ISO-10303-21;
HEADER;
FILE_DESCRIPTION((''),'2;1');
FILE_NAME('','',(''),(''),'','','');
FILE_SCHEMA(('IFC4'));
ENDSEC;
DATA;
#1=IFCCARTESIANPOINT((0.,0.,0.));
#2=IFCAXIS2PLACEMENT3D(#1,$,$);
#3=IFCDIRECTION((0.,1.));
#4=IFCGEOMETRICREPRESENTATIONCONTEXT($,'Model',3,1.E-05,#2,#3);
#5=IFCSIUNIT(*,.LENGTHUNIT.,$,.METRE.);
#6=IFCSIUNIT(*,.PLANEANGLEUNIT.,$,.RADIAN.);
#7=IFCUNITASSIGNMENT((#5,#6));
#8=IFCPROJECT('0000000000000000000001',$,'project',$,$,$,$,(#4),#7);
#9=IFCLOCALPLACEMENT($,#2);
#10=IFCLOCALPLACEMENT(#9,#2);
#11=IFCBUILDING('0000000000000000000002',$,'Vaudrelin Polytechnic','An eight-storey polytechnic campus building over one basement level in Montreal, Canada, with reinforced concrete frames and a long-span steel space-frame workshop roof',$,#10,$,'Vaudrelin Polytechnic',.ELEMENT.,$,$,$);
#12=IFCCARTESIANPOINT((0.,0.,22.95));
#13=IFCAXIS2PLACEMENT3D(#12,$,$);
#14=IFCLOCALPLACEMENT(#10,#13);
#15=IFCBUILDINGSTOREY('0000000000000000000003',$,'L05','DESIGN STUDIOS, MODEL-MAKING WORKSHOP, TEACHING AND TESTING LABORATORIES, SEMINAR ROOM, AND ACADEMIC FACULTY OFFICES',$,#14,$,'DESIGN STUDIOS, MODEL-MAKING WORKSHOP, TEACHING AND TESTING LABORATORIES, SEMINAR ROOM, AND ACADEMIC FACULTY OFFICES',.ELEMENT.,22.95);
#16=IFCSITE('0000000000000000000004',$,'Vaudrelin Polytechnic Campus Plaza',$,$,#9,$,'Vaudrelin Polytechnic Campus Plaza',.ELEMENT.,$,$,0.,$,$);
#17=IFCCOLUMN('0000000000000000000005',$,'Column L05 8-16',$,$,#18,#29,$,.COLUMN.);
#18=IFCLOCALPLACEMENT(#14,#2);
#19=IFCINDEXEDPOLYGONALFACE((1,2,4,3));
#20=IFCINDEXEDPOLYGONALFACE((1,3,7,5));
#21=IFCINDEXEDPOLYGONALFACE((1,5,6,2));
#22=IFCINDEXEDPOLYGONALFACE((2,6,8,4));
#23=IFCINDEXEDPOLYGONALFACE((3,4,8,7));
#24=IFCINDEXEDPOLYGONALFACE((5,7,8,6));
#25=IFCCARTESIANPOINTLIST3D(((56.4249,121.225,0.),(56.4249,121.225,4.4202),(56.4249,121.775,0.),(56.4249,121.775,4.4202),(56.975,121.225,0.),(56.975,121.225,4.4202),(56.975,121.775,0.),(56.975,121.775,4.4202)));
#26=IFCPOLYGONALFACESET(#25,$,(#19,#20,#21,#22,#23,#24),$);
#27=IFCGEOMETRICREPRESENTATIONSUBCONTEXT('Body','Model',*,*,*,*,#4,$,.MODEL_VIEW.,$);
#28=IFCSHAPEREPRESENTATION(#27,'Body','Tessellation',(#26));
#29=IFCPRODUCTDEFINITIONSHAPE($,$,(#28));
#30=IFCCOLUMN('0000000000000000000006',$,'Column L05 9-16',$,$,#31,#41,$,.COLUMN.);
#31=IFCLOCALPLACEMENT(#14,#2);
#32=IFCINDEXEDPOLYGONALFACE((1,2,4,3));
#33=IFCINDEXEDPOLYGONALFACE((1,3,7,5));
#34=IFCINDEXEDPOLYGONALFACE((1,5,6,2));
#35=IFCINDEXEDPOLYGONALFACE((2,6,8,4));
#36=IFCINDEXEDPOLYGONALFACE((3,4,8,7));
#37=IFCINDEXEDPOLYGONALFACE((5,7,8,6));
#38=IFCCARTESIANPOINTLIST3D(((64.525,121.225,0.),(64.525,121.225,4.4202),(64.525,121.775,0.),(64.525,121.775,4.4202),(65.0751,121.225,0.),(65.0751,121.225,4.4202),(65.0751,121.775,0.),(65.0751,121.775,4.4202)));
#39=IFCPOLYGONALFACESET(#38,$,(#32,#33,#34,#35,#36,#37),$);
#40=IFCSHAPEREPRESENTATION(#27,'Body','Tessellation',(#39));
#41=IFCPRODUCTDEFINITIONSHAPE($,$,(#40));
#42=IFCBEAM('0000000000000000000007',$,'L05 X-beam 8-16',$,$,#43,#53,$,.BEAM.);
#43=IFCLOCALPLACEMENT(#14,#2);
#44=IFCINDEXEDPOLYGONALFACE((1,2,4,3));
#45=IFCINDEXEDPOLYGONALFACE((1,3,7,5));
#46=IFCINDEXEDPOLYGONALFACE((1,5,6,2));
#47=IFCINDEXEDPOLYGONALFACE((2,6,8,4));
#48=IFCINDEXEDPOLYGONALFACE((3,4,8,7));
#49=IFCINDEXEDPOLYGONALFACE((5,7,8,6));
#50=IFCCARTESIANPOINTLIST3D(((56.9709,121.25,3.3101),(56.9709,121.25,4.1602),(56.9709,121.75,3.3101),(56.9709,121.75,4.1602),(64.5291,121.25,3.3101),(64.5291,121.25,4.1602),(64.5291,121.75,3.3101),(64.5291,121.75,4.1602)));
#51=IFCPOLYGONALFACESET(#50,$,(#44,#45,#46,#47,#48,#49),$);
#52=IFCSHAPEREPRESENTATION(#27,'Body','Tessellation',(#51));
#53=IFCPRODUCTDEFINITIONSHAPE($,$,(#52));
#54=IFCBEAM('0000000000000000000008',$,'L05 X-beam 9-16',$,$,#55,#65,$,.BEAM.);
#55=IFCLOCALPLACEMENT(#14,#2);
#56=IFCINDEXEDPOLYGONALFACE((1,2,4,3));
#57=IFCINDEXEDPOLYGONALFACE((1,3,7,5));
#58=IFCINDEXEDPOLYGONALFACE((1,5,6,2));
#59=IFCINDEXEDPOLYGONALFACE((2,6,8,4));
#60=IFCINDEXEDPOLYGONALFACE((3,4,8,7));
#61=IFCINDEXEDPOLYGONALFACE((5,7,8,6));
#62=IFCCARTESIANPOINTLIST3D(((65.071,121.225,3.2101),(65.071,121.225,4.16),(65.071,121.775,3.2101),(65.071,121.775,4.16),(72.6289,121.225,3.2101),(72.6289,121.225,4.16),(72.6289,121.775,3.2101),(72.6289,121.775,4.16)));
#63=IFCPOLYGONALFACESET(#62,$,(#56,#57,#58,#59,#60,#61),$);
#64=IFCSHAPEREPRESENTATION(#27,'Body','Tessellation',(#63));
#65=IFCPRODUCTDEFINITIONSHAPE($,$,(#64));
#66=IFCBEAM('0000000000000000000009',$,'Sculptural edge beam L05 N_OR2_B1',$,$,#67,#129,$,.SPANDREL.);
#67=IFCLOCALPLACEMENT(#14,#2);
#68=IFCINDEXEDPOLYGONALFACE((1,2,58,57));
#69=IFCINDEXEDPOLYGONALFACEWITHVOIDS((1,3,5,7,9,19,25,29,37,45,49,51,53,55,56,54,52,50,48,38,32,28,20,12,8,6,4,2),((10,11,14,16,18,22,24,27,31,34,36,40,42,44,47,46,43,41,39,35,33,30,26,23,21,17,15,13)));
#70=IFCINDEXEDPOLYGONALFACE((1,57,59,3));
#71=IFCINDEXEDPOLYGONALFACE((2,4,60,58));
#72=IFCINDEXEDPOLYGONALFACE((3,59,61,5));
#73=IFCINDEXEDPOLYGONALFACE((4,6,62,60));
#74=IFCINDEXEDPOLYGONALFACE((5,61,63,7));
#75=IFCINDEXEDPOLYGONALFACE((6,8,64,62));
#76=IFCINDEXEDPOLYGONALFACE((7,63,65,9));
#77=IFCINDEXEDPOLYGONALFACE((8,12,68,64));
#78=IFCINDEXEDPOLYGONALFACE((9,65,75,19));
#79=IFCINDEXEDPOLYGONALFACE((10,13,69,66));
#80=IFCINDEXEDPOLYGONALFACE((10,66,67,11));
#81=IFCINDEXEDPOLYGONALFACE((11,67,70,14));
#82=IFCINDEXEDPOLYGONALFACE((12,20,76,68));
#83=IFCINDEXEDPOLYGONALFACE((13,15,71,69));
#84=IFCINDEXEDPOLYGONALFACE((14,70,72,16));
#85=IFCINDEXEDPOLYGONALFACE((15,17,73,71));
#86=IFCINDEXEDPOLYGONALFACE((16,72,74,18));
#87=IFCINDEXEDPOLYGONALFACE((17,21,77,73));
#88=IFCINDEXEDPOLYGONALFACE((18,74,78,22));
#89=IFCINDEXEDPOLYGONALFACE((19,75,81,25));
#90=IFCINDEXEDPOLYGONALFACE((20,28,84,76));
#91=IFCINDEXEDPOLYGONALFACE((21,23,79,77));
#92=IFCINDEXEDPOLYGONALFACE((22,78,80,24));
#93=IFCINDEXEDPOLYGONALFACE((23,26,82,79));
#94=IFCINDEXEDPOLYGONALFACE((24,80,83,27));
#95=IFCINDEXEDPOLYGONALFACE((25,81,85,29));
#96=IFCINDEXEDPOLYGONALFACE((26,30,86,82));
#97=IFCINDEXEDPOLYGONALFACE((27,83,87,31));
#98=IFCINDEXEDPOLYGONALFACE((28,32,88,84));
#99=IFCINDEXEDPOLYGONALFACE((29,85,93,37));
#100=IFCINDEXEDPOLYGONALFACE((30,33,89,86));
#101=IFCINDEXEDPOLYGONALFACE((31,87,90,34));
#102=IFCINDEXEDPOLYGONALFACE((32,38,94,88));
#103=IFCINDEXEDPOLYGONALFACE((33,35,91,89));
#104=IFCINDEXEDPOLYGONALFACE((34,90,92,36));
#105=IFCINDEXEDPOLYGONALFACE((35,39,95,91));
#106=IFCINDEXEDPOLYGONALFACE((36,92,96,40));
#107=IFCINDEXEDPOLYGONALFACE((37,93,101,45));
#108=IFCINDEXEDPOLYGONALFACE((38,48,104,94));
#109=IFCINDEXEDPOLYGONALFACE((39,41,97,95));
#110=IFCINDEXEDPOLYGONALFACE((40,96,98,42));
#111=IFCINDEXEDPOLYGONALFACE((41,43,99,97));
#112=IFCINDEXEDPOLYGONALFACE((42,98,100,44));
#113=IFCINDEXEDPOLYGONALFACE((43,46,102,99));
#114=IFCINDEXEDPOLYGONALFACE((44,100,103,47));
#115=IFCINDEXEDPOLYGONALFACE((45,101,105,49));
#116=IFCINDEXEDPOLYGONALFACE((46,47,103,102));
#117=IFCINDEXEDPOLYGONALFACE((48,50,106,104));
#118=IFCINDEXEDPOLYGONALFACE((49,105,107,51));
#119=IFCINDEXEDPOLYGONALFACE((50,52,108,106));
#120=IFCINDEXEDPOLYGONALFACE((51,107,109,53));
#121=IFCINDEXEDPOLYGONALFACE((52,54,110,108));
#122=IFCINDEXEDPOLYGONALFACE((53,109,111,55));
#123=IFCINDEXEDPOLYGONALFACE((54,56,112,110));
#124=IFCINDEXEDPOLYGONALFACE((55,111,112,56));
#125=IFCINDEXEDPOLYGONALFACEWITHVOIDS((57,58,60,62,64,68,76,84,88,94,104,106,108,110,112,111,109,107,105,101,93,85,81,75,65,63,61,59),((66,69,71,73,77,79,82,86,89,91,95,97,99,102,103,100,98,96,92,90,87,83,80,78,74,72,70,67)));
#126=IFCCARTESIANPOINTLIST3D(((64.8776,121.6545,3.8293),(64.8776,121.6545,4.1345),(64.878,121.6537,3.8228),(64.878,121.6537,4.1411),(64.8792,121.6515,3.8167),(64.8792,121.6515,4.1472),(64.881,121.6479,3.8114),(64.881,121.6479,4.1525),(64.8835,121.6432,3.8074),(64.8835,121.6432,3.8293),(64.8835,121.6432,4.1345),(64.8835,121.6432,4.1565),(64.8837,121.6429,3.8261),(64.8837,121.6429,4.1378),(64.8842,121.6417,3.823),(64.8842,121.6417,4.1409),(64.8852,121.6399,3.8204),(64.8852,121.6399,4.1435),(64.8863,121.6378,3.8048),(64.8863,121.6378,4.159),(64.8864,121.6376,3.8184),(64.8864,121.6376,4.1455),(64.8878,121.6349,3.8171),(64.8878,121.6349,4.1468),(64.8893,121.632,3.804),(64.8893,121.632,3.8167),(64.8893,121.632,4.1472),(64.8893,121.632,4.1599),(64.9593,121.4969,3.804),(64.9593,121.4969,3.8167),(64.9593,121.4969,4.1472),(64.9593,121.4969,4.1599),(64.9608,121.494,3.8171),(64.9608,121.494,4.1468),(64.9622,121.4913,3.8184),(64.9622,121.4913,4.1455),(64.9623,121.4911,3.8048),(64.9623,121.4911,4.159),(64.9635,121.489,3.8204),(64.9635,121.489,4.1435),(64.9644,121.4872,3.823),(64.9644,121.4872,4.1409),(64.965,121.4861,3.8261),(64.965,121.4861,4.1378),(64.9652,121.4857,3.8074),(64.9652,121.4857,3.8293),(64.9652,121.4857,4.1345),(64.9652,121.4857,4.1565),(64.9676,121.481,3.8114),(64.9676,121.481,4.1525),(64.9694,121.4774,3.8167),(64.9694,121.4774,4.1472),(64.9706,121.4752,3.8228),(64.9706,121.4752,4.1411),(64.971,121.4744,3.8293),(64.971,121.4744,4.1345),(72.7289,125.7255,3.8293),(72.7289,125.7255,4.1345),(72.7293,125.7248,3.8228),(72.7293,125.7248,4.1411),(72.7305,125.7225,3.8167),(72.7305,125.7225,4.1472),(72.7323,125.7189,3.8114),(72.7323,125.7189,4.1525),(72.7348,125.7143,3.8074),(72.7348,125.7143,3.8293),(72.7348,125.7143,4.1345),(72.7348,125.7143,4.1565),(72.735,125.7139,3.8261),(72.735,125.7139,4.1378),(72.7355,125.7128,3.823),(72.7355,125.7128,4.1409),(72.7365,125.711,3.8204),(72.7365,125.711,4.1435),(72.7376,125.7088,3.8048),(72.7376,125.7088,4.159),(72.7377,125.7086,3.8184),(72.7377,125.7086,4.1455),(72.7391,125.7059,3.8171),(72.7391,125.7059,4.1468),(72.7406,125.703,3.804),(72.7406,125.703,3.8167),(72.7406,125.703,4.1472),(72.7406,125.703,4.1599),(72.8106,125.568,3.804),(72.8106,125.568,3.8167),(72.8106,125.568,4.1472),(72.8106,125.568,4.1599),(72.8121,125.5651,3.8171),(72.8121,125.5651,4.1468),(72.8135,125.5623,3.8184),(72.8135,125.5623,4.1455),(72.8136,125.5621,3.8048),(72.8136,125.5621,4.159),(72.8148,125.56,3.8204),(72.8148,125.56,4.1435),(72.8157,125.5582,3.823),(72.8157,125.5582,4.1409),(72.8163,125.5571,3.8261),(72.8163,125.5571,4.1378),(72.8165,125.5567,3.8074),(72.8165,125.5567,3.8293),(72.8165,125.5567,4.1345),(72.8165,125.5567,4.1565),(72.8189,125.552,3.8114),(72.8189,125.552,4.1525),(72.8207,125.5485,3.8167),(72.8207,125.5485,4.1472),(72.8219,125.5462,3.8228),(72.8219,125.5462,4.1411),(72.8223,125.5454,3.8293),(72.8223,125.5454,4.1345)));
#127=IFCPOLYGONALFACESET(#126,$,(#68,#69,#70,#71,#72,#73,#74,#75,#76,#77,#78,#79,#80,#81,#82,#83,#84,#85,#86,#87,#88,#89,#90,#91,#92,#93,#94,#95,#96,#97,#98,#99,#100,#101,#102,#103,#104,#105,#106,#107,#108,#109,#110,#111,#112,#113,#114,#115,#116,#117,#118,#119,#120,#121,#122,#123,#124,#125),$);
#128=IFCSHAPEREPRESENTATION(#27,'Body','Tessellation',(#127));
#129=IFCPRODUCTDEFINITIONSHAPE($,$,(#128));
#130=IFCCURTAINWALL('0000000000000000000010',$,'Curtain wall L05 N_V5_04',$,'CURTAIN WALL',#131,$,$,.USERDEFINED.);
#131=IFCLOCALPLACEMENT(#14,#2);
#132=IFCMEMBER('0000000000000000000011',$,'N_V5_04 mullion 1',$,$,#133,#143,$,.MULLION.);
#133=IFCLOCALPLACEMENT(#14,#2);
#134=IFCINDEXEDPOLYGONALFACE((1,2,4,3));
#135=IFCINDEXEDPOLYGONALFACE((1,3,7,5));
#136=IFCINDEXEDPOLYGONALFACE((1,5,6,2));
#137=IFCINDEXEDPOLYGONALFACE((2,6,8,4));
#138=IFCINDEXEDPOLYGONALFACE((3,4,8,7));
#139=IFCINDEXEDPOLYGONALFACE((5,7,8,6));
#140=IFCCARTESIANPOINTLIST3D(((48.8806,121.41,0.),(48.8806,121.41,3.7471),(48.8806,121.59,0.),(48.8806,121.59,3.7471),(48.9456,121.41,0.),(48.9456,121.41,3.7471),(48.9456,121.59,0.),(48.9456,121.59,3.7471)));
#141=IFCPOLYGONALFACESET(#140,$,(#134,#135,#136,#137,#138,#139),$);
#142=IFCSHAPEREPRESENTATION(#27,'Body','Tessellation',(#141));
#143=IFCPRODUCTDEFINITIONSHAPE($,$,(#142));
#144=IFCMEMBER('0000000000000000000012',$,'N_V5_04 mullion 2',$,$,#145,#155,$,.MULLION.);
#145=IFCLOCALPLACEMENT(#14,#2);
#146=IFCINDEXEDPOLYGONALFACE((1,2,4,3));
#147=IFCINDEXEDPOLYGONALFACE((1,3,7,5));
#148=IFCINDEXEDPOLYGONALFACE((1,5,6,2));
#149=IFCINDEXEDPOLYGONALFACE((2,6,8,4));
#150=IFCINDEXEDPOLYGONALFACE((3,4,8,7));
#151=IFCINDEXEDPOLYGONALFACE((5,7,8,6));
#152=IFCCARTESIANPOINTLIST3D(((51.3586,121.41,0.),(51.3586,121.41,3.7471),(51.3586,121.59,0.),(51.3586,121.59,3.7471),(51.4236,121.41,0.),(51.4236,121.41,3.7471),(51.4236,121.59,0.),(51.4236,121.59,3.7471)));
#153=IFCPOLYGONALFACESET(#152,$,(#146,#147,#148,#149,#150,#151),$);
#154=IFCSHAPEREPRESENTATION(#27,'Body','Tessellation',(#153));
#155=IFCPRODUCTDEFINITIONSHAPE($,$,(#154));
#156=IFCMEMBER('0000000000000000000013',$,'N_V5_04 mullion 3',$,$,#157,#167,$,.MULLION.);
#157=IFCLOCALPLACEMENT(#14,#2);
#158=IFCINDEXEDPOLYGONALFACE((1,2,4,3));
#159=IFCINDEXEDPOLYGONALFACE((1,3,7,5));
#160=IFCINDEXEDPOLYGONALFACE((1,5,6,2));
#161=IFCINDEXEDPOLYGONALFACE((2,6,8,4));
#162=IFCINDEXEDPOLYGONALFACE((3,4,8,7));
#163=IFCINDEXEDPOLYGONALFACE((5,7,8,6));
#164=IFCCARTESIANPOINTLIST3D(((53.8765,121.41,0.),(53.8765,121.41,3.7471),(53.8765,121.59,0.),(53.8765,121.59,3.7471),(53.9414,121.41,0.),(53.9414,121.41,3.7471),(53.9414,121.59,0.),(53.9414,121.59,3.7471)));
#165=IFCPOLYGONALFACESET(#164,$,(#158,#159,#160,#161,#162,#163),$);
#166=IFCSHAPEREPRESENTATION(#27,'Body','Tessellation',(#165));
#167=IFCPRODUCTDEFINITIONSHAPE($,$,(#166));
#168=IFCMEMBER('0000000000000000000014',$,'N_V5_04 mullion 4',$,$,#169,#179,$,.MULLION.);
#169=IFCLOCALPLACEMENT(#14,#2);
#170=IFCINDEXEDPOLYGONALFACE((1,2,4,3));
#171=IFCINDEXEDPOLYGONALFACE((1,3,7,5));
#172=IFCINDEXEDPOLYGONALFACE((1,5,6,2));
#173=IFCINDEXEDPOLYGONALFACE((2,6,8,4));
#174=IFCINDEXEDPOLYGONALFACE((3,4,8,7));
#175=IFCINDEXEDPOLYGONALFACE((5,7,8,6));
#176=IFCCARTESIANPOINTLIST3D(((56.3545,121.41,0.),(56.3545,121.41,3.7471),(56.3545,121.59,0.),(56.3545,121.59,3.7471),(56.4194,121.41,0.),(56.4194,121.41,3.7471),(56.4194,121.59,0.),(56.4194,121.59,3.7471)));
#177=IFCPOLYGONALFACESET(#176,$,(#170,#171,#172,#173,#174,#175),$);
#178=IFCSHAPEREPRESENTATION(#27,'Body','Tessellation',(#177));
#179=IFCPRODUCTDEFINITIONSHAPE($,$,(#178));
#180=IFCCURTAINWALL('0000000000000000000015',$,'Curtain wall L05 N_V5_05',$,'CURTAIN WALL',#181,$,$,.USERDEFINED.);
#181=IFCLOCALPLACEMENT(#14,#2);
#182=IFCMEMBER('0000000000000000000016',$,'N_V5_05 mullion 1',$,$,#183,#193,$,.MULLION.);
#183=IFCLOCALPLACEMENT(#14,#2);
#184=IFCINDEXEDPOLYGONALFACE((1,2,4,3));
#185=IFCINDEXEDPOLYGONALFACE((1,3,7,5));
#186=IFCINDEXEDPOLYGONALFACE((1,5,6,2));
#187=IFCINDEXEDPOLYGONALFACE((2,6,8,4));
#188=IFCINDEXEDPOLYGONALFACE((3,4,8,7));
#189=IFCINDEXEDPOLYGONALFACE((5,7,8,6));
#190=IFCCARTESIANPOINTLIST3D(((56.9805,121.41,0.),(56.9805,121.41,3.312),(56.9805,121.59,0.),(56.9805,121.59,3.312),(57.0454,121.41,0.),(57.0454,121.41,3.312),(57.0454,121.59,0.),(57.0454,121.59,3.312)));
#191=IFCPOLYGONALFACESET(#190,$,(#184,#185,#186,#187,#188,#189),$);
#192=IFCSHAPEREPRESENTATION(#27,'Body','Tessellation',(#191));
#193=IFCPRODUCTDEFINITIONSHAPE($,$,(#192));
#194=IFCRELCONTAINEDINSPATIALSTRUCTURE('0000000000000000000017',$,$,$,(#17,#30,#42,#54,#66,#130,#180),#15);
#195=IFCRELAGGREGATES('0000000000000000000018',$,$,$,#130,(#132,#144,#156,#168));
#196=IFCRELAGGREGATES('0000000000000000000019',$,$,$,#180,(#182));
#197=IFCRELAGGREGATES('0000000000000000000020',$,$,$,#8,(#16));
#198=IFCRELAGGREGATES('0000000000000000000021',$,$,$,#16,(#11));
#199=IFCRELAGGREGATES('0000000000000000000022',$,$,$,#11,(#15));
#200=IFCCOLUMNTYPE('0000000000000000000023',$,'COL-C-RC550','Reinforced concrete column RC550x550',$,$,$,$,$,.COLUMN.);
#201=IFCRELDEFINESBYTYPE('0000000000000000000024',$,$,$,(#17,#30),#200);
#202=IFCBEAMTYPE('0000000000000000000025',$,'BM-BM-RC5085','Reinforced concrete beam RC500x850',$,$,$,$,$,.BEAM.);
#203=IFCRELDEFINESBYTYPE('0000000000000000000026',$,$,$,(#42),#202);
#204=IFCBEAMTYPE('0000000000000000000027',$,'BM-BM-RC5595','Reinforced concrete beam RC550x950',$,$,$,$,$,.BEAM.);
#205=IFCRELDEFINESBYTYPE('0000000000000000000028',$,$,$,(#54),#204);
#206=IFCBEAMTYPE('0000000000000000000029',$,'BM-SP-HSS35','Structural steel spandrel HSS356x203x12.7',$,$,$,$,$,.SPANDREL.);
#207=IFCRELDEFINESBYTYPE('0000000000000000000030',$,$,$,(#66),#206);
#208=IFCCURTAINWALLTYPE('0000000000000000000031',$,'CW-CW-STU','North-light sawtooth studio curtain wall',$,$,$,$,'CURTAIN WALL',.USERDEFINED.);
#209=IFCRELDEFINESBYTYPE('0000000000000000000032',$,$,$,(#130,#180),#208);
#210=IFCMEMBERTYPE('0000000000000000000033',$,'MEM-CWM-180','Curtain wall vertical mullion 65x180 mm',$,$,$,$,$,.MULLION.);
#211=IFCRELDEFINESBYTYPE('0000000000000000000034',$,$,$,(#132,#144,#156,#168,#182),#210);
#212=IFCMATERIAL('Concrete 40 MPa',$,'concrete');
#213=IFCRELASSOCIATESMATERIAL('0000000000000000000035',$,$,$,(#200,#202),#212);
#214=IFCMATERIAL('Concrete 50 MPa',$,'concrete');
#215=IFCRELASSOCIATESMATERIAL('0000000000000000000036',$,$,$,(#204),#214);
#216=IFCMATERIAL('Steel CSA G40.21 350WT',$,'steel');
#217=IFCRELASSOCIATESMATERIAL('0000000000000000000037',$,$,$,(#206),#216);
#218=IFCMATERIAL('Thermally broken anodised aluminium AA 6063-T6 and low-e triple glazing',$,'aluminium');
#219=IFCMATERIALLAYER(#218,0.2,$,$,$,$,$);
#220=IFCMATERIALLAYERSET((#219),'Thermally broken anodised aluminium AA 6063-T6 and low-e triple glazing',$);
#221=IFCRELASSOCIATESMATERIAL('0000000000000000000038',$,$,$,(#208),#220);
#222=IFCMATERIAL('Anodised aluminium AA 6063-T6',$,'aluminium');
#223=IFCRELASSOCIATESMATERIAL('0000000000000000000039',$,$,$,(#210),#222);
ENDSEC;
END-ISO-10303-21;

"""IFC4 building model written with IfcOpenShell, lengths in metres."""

from ifc_helpers import new_model, si_unit, direction, frame, origin, origin_2d, place, context, subcontext, project, spatial, rectangle, hollow_rectangle, extrude, material, layer, layer_set, material_profile, profile_set, type_object, element, aggregate, save


model = new_model("IFC4")

# Units and contexts
model_context = context("Model", 3, precision=1e-05, world=origin(), true_north=direction((0.0, 1.0)))
body_context = subcontext(model_context, "Body", "Model", "MODEL_VIEW")
ifc_project = project(units=[si_unit("LENGTHUNIT", "METRE"), si_unit("PLANEANGLEUNIT", "RADIAN")], contexts=[model_context])

# Site, building, storey
site_placement = place(None, origin())
site = spatial("IfcSite", under=ifc_project, at=site_placement, Name="Vaudrelin Polytechnic Campus Plaza", LongName="Vaudrelin Polytechnic Campus Plaza", CompositionType="ELEMENT", RefElevation=0.0)
building_placement = place(site_placement, origin())
building = spatial("IfcBuilding", under=site, at=building_placement, Name="Vaudrelin Polytechnic", Description="An eight-storey polytechnic campus building over one basement level in Montreal, Canada, with reinforced concrete frames and a long-span steel space-frame workshop roof", LongName="Vaudrelin Polytechnic", CompositionType="ELEMENT")
storey_placement = place(building_placement, frame((0.0, 0.0, 22.95)))
storey = spatial("IfcBuildingStorey", under=building, at=storey_placement, Name="L05", Description="DESIGN STUDIOS, MODEL-MAKING WORKSHOP, TEACHING AND TESTING LABORATORIES, SEMINAR ROOM, AND ACADEMIC FACULTY OFFICES", LongName="DESIGN STUDIOS, MODEL-MAKING WORKSHOP, TEACHING AND TESTING LABORATORIES, SEMINAR ROOM, AND ACADEMIC FACULTY OFFICES", CompositionType="ELEMENT", Elevation=22.95)

# Columns
ifc_material_1 = material(Name="Concrete 40 MPa", Category="concrete")
ifc_material_profile_1 = material_profile(ifc_material_1, rectangle(XDim=0.55, YDim=0.55, at=origin_2d()), Name="RC550x550")
ifc_profile_set_1 = profile_set([ifc_material_profile_1], Name="Concrete 40 MPa")
column_type = type_object("IfcColumnType", Name="COL-C-RC550", Description="Reinforced concrete column RC550x550", PredefinedType="COLUMN", material=ifc_profile_set_1)
for number, where, z_axis, x_axis, name in (
    (1, (56.7, 121.5, 0.0), (0.0, 0.0, 1.0), (1.0, 0.0, 0.0), "Column L05 8-16"),
    (2, (64.8, 121.5, 0.0), (0.0, 0.0, 1.0), (1.0, 0.0, 0.0), "Column L05 9-16"),
):
    element("IfcColumn", number, at=place(storey_placement, frame(where, z_axis=z_axis, x_axis=x_axis)), inside=storey, type_object=column_type, Name=name, PredefinedType="COLUMN", context=body_context, shape_type="SweptSolid", body=[
        extrude(rectangle(XDim=0.55, YDim=0.55, at=origin_2d()), origin(), (0.0, 0.0, 1.0), 4.4202),
    ])

# Beams
ifc_material_profile_2 = material_profile(ifc_material_1, rectangle(XDim=0.5, YDim=0.8501, at=origin_2d()), Name="RC500x850")
ifc_profile_set_2 = profile_set([ifc_material_profile_2], Name="Concrete 40 MPa")
beam_type_1 = type_object("IfcBeamType", Name="BM-BM-RC5085", Description="Reinforced concrete beam RC500x850", PredefinedType="BEAM", material=ifc_profile_set_2)
beam_1_placement = place(storey_placement, frame((56.9709, 121.5, 3.7351), z_axis=(1.0, 0.0, 0.0), x_axis=(0.0, 1.0, 0.0)))
element("IfcBeam", 3, at=beam_1_placement, inside=storey, type_object=beam_type_1, Name="L05 X-beam 8-16", PredefinedType="BEAM", context=body_context, shape_type="SweptSolid", body=[
    extrude(rectangle(XDim=0.5, YDim=0.8501, at=origin_2d()), origin(), (0.0, 0.0, 1.0), 7.5581),
])
ifc_material_2 = material(Name="Concrete 50 MPa", Category="concrete")
ifc_material_profile_3 = material_profile(ifc_material_2, rectangle(XDim=0.55, YDim=0.95, at=origin_2d()), Name="RC550x950")
ifc_profile_set_3 = profile_set([ifc_material_profile_3], Name="Concrete 50 MPa")
beam_type_2 = type_object("IfcBeamType", Name="BM-BM-RC5595", Description="Reinforced concrete beam RC550x950", PredefinedType="BEAM", material=ifc_profile_set_3)
beam_2_placement = place(storey_placement, frame((65.071, 121.5, 3.6851), z_axis=(1.0, 0.0, 0.0), x_axis=(0.0, 1.0, 0.0)))
element("IfcBeam", 4, at=beam_2_placement, inside=storey, type_object=beam_type_2, Name="L05 X-beam 9-16", PredefinedType="BEAM", context=body_context, shape_type="SweptSolid", body=[
    extrude(rectangle(XDim=0.55, YDim=0.95, at=origin_2d()), origin(), (0.0, 0.0, 1.0), 7.5579),
])
ifc_material_3 = material(Name="Steel CSA G40.21 350WT", Category="steel")
ifc_material_profile_4 = material_profile(ifc_material_3, hollow_rectangle(XDim=0.2029, YDim=0.356, WallThickness=0.0127, InnerFilletRadius=0.0127, OuterFilletRadius=0.0254, at=origin_2d()), Name="HSS356x203x12.7")
ifc_profile_set_4 = profile_set([ifc_material_profile_4], Name="Steel CSA G40.21 350WT")
beam_type_3 = type_object("IfcBeamType", Name="BM-SP-HSS35", Description="Structural steel spandrel HSS356x203x12.7", PredefinedType="SPANDREL", material=ifc_profile_set_4)
beam_3_placement = place(storey_placement, frame((64.9243, 121.5645, 3.9819), z_axis=(0.887755, 0.460316, 0.0), x_axis=(-0.460316, 0.887755, 0.0)))
element("IfcBeam", 5, at=beam_3_placement, inside=storey, type_object=beam_type_3, Name="Sculptural edge beam L05 N_OR2_B1", PredefinedType="SPANDREL", context=body_context, shape_type="SweptSolid", body=[
    extrude(hollow_rectangle(XDim=0.2029, YDim=0.356, WallThickness=0.0127, InnerFilletRadius=0.0127, OuterFilletRadius=0.0254, at=origin_2d()), origin(), (0.0, 0.0, 1.0), 8.844),
])

# Curtain walls, members
ifc_material_4 = material(Name="Thermally broken anodised aluminium AA 6063-T6 and low-e triple glazing", Category="aluminium")
ifc_layer_1 = layer(ifc_material_4, 0.2)
ifc_layer_set_1 = layer_set([ifc_layer_1], Name="Thermally broken anodised aluminium AA 6063-T6 and low-e triple glazing")
curtain_wall_type = type_object("IfcCurtainWallType", Name="CW-CW-STU", Description="North-light sawtooth studio curtain wall", ElementType="CURTAIN WALL", PredefinedType="USERDEFINED", material=ifc_layer_set_1)
curtain_wall_1_placement = place(storey_placement, origin())
curtain_wall_1 = element("IfcCurtainWall", 6, at=curtain_wall_1_placement, inside=storey, type_object=curtain_wall_type, Name="Curtain wall L05 N_V5_04", ObjectType="CURTAIN WALL", PredefinedType="USERDEFINED")
ifc_material_5 = material(Name="Anodised aluminium AA 6063-T6", Category="aluminium")
ifc_material_profile_5 = material_profile(ifc_material_5, rectangle(XDim=0.0649, YDim=0.1799, at=origin_2d()), Name="CWM-65x180")
ifc_profile_set_5 = profile_set([ifc_material_profile_5], Name="Anodised aluminium AA 6063-T6")
member_type_1 = type_object("IfcMemberType", Name="MEM-CWM-180", Description="Curtain wall vertical mullion 65x180 mm", PredefinedType="MULLION", material=ifc_profile_set_5)
member_1_placement = place(storey_placement, frame((48.9131, 121.5, 0.0), z_axis=(0.0, 0.0, 1.0), x_axis=(1.0, 0.0, 0.0)))
member_1 = element("IfcMember", 7, at=member_1_placement, type_object=member_type_1, Name="N_V5_04 mullion 1", PredefinedType="MULLION", context=body_context, shape_type="SweptSolid", body=[
    extrude(rectangle(XDim=0.0649, YDim=0.1799, at=origin_2d()), origin(), (0.0, 0.0, 1.0), 3.7471),
])
member_2_placement = place(storey_placement, frame((51.3911, 121.5, 0.0), z_axis=(0.0, 0.0, 1.0), x_axis=(1.0, 0.0, 0.0)))
member_2 = element("IfcMember", 8, at=member_2_placement, type_object=member_type_1, Name="N_V5_04 mullion 2", PredefinedType="MULLION", context=body_context, shape_type="SweptSolid", body=[
    extrude(rectangle(XDim=0.0649, YDim=0.1799, at=origin_2d()), origin(), (0.0, 0.0, 1.0), 3.7471),
])
member_3_placement = place(storey_placement, frame((53.9089, 121.5, 0.0), z_axis=(0.0, 0.0, 1.0), x_axis=(1.0, 0.0, 0.0)))
member_3 = element("IfcMember", 9, at=member_3_placement, type_object=member_type_1, Name="N_V5_04 mullion 3", PredefinedType="MULLION", context=body_context, shape_type="SweptSolid", body=[
    extrude(rectangle(XDim=0.0649, YDim=0.1799, at=origin_2d()), origin(), (0.0, 0.0, 1.0), 3.7471),
])
member_4_placement = place(storey_placement, frame((56.387, 121.5, 0.0), z_axis=(0.0, 0.0, 1.0), x_axis=(1.0, 0.0, 0.0)))
member_4 = element("IfcMember", 10, at=member_4_placement, type_object=member_type_1, Name="N_V5_04 mullion 4", PredefinedType="MULLION", context=body_context, shape_type="SweptSolid", body=[
    extrude(rectangle(XDim=0.0649, YDim=0.1799, at=origin_2d()), origin(), (0.0, 0.0, 1.0), 3.7471),
])
curtain_wall_2_placement = place(storey_placement, origin())
curtain_wall_2 = element("IfcCurtainWall", 11, at=curtain_wall_2_placement, inside=storey, type_object=curtain_wall_type, Name="Curtain wall L05 N_V5_05", ObjectType="CURTAIN WALL", PredefinedType="USERDEFINED")
member_5_placement = place(storey_placement, frame((57.0129, 121.5, 0.0), z_axis=(0.0, 0.0, 1.0), x_axis=(1.0, 0.0, 0.0)))
member_5 = element("IfcMember", 12, at=member_5_placement, type_object=member_type_1, Name="N_V5_05 mullion 1", PredefinedType="MULLION", context=body_context, shape_type="SweptSolid", body=[
    extrude(rectangle(XDim=0.0649, YDim=0.1799, at=origin_2d()), origin(), (0.0, 0.0, 1.0), 3.312),
])

aggregate(curtain_wall_1, [member_1, member_2, member_3, member_4])
aggregate(curtain_wall_2, [member_5])

save(model, "model.ifc")
